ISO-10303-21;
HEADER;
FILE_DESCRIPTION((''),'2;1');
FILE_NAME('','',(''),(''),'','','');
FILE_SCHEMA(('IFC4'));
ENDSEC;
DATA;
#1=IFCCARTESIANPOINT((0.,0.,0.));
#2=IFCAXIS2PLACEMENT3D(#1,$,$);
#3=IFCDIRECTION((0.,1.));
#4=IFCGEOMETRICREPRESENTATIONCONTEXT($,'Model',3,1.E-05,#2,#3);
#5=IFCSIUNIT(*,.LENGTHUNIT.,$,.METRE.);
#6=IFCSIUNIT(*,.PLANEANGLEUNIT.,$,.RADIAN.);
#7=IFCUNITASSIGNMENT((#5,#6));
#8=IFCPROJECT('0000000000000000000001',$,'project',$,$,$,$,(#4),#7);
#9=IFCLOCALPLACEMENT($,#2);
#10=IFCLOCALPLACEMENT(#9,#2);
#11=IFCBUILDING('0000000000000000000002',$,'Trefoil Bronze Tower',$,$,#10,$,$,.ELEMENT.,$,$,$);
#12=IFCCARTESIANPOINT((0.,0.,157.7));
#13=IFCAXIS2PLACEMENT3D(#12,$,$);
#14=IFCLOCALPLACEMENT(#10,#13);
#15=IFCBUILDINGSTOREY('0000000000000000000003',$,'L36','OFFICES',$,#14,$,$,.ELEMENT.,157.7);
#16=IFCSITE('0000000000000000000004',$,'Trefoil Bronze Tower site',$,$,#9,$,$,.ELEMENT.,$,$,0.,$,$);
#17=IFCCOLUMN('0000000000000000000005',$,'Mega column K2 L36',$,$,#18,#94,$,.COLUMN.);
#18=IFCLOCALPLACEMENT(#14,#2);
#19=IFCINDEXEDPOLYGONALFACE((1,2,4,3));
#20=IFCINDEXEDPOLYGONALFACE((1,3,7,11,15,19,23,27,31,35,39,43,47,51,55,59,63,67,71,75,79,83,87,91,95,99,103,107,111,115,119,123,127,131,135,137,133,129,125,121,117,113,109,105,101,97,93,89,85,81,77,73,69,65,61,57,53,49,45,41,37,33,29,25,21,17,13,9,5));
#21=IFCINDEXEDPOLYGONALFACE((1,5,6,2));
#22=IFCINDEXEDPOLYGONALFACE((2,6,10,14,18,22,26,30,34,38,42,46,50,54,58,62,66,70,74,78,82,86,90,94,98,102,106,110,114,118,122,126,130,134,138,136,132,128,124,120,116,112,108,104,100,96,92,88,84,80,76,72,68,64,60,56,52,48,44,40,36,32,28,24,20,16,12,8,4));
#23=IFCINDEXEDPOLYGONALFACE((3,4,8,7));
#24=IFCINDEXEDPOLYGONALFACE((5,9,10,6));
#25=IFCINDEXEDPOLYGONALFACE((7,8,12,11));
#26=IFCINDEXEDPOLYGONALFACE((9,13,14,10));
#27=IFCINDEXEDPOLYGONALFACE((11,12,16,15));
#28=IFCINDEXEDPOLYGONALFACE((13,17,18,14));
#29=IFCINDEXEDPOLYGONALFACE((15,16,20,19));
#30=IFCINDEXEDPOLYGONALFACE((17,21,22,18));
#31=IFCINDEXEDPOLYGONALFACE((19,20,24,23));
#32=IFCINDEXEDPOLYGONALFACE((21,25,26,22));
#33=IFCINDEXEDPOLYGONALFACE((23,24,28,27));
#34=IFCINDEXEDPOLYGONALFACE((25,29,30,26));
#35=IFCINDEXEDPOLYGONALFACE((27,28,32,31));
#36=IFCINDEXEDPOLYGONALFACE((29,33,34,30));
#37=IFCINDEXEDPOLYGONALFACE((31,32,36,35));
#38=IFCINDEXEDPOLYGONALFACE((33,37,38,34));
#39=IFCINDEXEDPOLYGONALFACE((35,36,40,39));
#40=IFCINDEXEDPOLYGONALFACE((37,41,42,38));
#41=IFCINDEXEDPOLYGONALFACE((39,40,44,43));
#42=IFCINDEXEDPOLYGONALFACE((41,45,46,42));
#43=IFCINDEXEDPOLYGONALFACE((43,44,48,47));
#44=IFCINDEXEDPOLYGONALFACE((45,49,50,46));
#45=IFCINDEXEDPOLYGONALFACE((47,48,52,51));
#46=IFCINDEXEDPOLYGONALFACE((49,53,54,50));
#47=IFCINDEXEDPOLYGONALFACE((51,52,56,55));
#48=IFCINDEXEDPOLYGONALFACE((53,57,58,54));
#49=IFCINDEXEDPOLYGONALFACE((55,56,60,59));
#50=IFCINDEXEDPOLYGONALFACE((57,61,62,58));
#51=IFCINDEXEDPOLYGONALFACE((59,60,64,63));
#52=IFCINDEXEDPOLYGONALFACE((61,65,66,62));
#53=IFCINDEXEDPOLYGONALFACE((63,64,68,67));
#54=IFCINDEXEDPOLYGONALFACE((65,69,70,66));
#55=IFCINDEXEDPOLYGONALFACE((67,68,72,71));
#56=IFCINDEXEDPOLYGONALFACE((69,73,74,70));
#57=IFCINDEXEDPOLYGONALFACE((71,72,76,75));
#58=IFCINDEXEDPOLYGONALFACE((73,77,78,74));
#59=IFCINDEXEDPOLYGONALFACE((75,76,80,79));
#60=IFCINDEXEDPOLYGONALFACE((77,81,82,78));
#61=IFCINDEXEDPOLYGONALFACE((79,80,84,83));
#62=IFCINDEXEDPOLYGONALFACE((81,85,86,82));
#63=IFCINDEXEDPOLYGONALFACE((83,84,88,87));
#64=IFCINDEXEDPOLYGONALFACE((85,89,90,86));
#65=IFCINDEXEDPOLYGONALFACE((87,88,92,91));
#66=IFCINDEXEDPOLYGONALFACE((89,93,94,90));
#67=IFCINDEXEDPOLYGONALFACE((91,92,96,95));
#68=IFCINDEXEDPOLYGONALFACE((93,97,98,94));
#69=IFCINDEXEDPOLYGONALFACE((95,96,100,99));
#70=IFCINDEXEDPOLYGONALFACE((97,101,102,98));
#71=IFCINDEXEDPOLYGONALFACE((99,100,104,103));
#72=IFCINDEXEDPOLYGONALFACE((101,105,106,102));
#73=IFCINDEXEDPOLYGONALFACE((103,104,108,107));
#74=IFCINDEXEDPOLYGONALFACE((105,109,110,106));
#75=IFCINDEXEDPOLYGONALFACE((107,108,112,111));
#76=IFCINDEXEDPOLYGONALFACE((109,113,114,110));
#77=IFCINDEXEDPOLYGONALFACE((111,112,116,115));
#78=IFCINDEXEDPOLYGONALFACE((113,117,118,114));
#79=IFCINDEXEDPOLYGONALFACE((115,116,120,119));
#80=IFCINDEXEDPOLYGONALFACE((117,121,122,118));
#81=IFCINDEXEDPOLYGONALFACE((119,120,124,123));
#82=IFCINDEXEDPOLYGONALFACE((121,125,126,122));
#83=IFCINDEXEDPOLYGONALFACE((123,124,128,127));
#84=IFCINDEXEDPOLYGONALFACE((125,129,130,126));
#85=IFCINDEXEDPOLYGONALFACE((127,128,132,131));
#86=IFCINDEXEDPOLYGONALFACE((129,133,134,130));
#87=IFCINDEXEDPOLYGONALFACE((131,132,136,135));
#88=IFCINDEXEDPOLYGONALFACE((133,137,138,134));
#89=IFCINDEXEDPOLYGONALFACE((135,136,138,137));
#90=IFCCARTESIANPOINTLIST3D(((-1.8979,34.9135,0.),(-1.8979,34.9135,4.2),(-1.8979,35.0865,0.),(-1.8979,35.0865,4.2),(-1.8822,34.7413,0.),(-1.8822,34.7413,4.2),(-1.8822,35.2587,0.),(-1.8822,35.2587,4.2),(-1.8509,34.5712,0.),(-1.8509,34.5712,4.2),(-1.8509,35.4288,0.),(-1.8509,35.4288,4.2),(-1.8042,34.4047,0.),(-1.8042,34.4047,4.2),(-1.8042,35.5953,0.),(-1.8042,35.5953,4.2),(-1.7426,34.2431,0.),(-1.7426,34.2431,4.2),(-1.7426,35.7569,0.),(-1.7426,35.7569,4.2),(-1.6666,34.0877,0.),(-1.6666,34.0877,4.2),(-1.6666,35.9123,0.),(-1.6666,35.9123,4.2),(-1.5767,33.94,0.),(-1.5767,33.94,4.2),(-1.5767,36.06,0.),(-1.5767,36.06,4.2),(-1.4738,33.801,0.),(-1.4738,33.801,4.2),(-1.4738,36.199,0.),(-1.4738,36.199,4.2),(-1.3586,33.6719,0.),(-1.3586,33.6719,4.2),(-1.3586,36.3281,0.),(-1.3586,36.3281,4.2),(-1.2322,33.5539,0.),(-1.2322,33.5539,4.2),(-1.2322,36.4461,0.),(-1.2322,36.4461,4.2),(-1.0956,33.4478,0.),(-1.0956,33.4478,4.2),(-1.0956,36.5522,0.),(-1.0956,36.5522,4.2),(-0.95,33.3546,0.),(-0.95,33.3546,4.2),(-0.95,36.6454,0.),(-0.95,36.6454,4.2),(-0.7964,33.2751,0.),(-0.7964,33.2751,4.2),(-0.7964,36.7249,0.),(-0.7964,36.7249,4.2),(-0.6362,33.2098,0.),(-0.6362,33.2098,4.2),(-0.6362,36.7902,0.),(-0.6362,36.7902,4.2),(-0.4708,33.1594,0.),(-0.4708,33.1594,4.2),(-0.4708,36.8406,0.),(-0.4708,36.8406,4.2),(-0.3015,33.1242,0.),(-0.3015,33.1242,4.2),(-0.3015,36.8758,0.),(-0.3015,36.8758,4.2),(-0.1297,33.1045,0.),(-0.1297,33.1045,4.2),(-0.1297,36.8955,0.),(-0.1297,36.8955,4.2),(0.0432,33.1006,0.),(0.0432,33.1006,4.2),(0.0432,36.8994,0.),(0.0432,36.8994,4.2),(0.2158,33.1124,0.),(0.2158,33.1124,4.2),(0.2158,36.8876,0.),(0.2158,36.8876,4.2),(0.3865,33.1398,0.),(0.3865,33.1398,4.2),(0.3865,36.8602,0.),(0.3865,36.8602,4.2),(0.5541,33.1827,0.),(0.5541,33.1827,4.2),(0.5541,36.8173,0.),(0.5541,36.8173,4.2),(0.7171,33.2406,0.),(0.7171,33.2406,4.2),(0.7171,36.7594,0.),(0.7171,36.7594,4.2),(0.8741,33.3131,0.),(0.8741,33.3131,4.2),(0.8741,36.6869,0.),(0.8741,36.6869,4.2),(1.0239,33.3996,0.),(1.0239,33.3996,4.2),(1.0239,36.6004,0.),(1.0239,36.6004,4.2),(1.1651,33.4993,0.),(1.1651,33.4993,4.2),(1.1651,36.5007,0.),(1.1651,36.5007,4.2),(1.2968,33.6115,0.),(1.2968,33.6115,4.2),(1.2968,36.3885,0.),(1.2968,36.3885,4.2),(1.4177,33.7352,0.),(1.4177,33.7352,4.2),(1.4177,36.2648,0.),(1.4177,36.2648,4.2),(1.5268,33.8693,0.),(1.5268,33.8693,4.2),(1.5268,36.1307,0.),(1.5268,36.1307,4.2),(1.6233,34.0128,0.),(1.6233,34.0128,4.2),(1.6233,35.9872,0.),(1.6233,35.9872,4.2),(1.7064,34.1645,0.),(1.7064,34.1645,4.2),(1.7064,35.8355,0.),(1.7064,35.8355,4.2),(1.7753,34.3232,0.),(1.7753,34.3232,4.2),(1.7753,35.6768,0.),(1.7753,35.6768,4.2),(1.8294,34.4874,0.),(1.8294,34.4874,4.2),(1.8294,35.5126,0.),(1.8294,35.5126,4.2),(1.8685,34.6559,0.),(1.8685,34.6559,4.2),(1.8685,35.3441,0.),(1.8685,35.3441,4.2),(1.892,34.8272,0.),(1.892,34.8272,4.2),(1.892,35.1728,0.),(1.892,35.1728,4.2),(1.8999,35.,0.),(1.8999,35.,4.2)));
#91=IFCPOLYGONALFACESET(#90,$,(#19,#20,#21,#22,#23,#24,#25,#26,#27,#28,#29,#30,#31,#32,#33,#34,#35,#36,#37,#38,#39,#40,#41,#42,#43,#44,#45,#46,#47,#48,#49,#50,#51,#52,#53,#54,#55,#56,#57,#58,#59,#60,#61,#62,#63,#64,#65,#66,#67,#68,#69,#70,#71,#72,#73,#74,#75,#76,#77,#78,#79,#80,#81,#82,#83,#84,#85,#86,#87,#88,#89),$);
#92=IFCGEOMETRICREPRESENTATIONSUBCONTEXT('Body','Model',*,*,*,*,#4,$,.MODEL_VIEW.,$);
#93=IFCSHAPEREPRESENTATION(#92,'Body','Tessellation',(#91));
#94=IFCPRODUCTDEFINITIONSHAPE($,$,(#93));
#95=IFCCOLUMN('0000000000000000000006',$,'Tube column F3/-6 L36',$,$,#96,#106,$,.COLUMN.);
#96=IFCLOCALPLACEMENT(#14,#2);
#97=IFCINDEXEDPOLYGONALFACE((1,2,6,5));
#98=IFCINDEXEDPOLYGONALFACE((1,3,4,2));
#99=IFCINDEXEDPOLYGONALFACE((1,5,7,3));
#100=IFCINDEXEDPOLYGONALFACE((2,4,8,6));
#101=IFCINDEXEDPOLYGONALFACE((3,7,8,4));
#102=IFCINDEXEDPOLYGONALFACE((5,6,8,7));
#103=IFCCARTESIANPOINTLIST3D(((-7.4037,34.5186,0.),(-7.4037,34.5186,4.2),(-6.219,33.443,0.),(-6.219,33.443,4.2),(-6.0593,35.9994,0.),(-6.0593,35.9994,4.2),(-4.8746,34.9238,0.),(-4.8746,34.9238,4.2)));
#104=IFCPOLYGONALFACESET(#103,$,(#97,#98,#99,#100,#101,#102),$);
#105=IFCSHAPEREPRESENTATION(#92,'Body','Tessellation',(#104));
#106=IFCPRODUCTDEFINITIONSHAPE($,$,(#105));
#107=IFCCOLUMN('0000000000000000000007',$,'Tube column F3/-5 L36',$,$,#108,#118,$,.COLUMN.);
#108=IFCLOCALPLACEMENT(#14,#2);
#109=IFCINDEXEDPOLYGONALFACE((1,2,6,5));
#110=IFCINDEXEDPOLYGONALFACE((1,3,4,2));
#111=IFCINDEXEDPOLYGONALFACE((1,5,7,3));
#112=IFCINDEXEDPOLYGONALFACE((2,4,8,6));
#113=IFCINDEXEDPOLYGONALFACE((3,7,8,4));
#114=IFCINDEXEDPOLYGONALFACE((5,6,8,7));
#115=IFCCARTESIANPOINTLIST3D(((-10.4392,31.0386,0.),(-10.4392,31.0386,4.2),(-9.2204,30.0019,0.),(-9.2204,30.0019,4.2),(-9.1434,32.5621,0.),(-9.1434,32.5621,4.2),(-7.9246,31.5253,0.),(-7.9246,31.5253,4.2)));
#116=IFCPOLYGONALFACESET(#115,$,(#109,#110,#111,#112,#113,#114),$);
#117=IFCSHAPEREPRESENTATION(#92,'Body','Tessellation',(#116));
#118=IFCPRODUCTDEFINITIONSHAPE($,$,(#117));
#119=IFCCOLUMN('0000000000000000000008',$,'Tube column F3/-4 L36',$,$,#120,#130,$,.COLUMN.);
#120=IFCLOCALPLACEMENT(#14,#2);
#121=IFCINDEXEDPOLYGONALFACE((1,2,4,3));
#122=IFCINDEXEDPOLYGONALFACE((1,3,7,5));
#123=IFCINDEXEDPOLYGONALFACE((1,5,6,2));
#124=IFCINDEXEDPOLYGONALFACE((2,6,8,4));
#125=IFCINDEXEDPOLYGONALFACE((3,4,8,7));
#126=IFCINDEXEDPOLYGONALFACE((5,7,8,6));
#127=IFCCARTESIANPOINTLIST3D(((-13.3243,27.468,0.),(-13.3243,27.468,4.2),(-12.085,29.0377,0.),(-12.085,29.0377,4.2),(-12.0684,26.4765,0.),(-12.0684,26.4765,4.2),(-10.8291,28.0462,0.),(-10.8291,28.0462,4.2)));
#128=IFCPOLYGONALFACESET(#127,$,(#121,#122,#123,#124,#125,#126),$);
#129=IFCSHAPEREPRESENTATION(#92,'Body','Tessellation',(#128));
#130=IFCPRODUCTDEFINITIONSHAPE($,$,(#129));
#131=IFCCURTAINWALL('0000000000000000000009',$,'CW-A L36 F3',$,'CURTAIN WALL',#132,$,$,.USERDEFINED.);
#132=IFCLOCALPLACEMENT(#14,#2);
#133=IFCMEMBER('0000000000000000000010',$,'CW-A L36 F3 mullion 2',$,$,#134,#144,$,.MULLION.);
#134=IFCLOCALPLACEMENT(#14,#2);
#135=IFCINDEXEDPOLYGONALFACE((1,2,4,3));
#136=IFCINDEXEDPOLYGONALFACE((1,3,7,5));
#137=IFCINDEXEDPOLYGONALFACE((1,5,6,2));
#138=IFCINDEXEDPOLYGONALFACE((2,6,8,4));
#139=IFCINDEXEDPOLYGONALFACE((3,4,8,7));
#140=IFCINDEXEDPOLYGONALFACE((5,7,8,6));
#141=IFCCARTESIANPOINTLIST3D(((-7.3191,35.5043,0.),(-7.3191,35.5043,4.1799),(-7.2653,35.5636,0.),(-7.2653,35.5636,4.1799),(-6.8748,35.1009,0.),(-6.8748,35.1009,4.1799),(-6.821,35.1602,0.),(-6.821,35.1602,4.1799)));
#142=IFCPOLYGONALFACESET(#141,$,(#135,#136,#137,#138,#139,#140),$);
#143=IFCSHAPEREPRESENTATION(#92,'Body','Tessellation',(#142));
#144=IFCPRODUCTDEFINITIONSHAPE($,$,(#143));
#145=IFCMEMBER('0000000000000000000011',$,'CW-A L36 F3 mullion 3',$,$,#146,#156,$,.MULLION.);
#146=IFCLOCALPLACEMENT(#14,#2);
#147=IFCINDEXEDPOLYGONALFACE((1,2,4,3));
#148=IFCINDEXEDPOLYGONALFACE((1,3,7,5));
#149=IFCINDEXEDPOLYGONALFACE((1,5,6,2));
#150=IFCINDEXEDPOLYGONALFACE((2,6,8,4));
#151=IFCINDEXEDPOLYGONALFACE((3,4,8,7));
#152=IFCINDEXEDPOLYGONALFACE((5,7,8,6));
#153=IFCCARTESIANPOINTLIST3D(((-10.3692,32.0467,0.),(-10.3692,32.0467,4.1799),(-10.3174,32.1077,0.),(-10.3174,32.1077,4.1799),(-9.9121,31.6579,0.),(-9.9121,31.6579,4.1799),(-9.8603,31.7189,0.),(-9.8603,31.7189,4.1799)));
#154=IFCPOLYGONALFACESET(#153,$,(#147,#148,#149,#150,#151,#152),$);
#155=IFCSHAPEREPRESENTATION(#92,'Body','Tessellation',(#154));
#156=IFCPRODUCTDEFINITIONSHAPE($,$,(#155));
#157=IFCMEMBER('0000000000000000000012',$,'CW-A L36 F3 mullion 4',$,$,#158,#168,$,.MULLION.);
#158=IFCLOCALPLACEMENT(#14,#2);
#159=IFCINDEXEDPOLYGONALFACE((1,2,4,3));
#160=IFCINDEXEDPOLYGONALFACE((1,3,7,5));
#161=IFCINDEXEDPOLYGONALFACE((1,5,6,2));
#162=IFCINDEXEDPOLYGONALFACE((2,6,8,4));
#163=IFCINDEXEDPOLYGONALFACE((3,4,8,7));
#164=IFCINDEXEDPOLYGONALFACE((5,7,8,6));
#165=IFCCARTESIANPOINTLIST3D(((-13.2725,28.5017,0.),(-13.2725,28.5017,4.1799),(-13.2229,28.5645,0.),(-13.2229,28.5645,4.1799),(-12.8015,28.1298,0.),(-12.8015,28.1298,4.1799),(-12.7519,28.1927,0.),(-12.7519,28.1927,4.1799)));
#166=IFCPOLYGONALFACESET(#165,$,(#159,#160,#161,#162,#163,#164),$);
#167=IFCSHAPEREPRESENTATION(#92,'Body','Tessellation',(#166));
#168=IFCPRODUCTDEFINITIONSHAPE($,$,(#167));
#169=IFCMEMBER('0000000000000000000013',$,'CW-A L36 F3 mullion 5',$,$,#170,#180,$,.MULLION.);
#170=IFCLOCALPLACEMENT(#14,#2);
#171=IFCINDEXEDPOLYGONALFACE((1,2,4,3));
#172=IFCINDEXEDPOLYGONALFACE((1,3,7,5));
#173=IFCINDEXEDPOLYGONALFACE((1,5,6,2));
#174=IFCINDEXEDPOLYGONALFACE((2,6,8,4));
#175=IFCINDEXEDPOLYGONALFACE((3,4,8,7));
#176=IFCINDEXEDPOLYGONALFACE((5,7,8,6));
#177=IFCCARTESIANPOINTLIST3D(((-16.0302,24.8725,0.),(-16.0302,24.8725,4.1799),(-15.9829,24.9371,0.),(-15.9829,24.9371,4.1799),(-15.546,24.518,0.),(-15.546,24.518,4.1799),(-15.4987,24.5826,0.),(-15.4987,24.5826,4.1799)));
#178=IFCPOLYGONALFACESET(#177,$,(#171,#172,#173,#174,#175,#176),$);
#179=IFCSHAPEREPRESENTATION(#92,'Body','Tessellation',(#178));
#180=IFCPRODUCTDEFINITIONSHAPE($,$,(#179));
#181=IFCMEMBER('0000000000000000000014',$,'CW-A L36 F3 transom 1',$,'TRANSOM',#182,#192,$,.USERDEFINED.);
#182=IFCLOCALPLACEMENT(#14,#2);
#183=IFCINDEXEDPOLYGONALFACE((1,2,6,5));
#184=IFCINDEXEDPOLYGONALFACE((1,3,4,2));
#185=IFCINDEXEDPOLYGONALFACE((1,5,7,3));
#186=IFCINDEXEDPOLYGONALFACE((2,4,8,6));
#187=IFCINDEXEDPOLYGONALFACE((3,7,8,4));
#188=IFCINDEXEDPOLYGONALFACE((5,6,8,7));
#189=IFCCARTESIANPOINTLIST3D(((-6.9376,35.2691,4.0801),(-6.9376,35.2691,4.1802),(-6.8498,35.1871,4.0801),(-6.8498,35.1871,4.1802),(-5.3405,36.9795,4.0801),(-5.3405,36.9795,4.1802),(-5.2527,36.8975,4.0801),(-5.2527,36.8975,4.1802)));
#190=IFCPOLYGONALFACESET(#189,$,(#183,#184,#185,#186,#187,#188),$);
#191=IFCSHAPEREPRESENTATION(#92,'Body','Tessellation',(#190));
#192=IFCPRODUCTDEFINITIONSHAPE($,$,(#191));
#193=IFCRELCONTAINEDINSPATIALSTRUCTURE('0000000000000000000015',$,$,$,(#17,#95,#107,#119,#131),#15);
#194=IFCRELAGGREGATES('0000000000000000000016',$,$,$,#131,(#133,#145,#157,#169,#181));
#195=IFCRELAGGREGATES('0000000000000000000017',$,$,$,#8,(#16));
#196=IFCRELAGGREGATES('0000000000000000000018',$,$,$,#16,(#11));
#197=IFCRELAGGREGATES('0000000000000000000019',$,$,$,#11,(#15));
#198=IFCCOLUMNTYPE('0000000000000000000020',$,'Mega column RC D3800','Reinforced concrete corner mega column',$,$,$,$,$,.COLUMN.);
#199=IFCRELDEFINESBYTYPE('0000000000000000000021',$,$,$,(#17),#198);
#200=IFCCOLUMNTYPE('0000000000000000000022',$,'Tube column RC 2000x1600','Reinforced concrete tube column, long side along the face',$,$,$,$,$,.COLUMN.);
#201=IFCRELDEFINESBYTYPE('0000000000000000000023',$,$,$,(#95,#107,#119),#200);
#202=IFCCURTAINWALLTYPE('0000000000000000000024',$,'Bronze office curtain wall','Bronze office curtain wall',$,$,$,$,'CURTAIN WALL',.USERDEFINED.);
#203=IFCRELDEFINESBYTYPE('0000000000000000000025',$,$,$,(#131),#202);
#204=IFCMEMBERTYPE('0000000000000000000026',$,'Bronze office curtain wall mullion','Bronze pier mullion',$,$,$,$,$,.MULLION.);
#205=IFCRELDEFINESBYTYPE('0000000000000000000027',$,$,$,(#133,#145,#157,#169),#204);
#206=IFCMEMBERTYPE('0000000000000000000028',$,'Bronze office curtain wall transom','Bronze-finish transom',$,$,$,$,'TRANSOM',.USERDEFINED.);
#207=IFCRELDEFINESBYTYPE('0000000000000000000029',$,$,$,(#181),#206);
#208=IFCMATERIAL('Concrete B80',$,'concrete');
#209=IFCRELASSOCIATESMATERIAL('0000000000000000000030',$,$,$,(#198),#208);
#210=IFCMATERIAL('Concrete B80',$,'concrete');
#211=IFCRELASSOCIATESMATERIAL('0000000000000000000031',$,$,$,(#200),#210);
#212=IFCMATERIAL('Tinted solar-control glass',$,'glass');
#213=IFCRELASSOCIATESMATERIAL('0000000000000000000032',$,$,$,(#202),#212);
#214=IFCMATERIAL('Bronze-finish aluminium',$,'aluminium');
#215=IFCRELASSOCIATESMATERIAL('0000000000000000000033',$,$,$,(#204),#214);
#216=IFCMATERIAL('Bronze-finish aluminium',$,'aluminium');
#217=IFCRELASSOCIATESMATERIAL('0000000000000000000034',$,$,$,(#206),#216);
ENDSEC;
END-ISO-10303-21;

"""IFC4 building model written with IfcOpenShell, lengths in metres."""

from ifc_helpers import new_model, si_unit, direction, frame, origin, origin_2d, place, context, subcontext, project, spatial, rectangle, circle, extrude, material, material_profile, profile_set, type_object, element, aggregate, save


model = new_model("IFC4")

# Units and contexts
model_context = context("Model", 3, precision=1e-05, world=origin(), true_north=direction((0.0, 1.0)))
body_context = subcontext(model_context, "Body", "Model", "MODEL_VIEW")
ifc_project = project(units=[si_unit("LENGTHUNIT", "METRE"), si_unit("PLANEANGLEUNIT", "RADIAN")], contexts=[model_context])

# Site, building, storey
site_placement = place(None, origin())
site = spatial("IfcSite", under=ifc_project, at=site_placement, Name="Trefoil Bronze Tower site", CompositionType="ELEMENT", RefElevation=0.0)
building_placement = place(site_placement, origin())
building = spatial("IfcBuilding", under=site, at=building_placement, Name="Trefoil Bronze Tower", CompositionType="ELEMENT")
storey_placement = place(building_placement, frame((0.0, 0.0, 157.7)))
storey = spatial("IfcBuildingStorey", under=building, at=storey_placement, Name="L36", Description="OFFICES", CompositionType="ELEMENT", Elevation=157.7)

# Columns
ifc_material_1 = material(Name="Concrete B80", Category="concrete")
ifc_material_profile_1 = material_profile(ifc_material_1, circle(Radius=1.8999, at=origin_2d()), Name="RC D3800")
ifc_profile_set_1 = profile_set([ifc_material_profile_1], Name="Concrete B80")
column_type_1 = type_object("IfcColumnType", Name="Mega column RC D3800", Description="Reinforced concrete corner mega column", PredefinedType="COLUMN", material=ifc_profile_set_1)
column_placement = place(storey_placement, frame((0.0, 35.0, 0.0), z_axis=(0.0, 0.0, 1.0), x_axis=(1.0, 0.0, 0.0)))
element("IfcColumn", 1, at=column_placement, inside=storey, type_object=column_type_1, Name="Mega column K2 L36", PredefinedType="COLUMN", context=body_context, shape_type="SweptSolid", body=[
    extrude(circle(Radius=1.8999, at=origin_2d()), origin(), (0.0, 0.0, 1.0), 4.2),
])
ifc_material_2 = material(Name="Concrete B80", Category="concrete")
ifc_material_profile_2 = material_profile(ifc_material_2, rectangle(XDim=2.0, YDim=1.6001, at=origin_2d()), Name="RC 2000x1600")
ifc_profile_set_2 = profile_set([ifc_material_profile_2], Name="Concrete B80")
column_type_2 = type_object("IfcColumnType", Name="Tube column RC 2000x1600", Description="Reinforced concrete tube column, long side along the face", PredefinedType="COLUMN", material=ifc_profile_set_2)
for number, where, z_axis, x_axis, name in (
    (2, (-6.1392, 34.7212, 0.0), (0.0, 0.0, 1.0), (-0.67221, -0.740361, 0.0), "Tube column F3/-6 L36"),
    (3, (-9.1819, 31.282, 0.0), (0.0, 0.0, 1.0), (-0.647904, -0.761722, 0.0), "Tube column F3/-5 L36"),
    (4, (-12.0767, 27.7571, 0.0), (0.0, 0.0, 1.0), (-0.619649, -0.784879, 0.0), "Tube column F3/-4 L36"),
):
    element("IfcColumn", number, at=place(storey_placement, frame(where, z_axis=z_axis, x_axis=x_axis)), inside=storey, type_object=column_type_2, Name=name, PredefinedType="COLUMN", context=body_context, shape_type="SweptSolid", body=[
        extrude(rectangle(XDim=2.0, YDim=1.6001, at=origin_2d()), origin(), (0.0, 0.0, 1.0), 4.2),
    ])

# Curtain wall, members
ifc_material_3 = material(Name="Tinted solar-control glass", Category="glass")
curtain_wall_type_1 = type_object("IfcCurtainWallType", Name="Bronze office curtain wall", Description="Bronze office curtain wall", ElementType="CURTAIN WALL", PredefinedType="USERDEFINED", material=ifc_material_3)
curtain_wall_1_placement = place(storey_placement, origin())
curtain_wall_1 = element("IfcCurtainWall", 5, at=curtain_wall_1_placement, inside=storey, type_object=curtain_wall_type_1, Name="CW-A L36 F3", ObjectType="CURTAIN WALL", PredefinedType="USERDEFINED")
ifc_material_4 = material(Name="Bronze-finish aluminium", Category="aluminium")
ifc_material_profile_3 = material_profile(ifc_material_4, rectangle(XDim=0.6001, YDim=0.0801, at=origin_2d()), Name="CW-A mullion")
ifc_profile_set_3 = profile_set([ifc_material_profile_3], Name="Bronze-finish aluminium")
member_type_1 = type_object("IfcMemberType", Name="Bronze office curtain wall mullion", Description="Bronze pier mullion", PredefinedType="MULLION", material=ifc_profile_set_3)
member_1_placement = place(storey_placement, frame((-7.0701, 35.3323, 0.0), z_axis=(0.0, 0.0, 1.0), x_axis=(0.740361, -0.67221, 0.0)))
member_1 = element("IfcMember", 6, at=member_1_placement, type_object=member_type_1, Name="CW-A L36 F3 mullion 2", PredefinedType="MULLION", context=body_context, shape_type="SweptSolid", body=[
    extrude(rectangle(XDim=0.6001, YDim=0.0801, at=origin_2d()), origin(), (0.0, 0.0, 1.0), 4.1799),
])
member_2_placement = place(storey_placement, frame((-10.1147, 31.8828, 0.0), z_axis=(0.0, 0.0, 1.0), x_axis=(0.761722, -0.647904, 0.0)))
member_2 = element("IfcMember", 7, at=member_2_placement, type_object=member_type_1, Name="CW-A L36 F3 mullion 3", PredefinedType="MULLION", context=body_context, shape_type="SweptSolid", body=[
    extrude(rectangle(XDim=0.6001, YDim=0.0801, at=origin_2d()), origin(), (0.0, 0.0, 1.0), 4.1799),
])
member_3_placement = place(storey_placement, frame((-13.0122, 28.3472, 0.0), z_axis=(0.0, 0.0, 1.0), x_axis=(0.784879, -0.619649, 0.0)))
member_3 = element("IfcMember", 8, at=member_3_placement, type_object=member_type_1, Name="CW-A L36 F3 mullion 4", PredefinedType="MULLION", context=body_context, shape_type="SweptSolid", body=[
    extrude(rectangle(XDim=0.6001, YDim=0.0801, at=origin_2d()), origin(), (0.0, 0.0, 1.0), 4.1799),
])
member_4_placement = place(storey_placement, frame((-15.7644, 24.7275, 0.0), z_axis=(0.0, 0.0, 1.0), x_axis=(0.806875, -0.590723, 0.0)))
member_4 = element("IfcMember", 9, at=member_4_placement, type_object=member_type_1, Name="CW-A L36 F3 mullion 5", PredefinedType="MULLION", context=body_context, shape_type="SweptSolid", body=[
    extrude(rectangle(XDim=0.6001, YDim=0.0801, at=origin_2d()), origin(), (0.0, 0.0, 1.0), 4.1799),
])
ifc_material_5 = material(Name="Bronze-finish aluminium", Category="aluminium")
ifc_material_profile_4 = material_profile(ifc_material_5, rectangle(XDim=0.1201, YDim=0.1001, at=origin_2d()), Name="CW-A transom")
ifc_profile_set_4 = profile_set([ifc_material_profile_4], Name="Bronze-finish aluminium")
member_type_2 = type_object("IfcMemberType", Name="Bronze office curtain wall transom", Description="Bronze-finish transom", ElementType="TRANSOM", PredefinedType="USERDEFINED", material=ifc_profile_set_4)
member_5_placement = place(storey_placement, frame((-5.2966, 36.9385, 4.1301), z_axis=(-0.682489, -0.730896, 0.0), x_axis=(0.730896, -0.682489, 0.0)))
member_5 = element("IfcMember", 10, at=member_5_placement, type_object=member_type_2, Name="CW-A L36 F3 transom 1", ObjectType="TRANSOM", PredefinedType="USERDEFINED", context=body_context, shape_type="SweptSolid", body=[
    extrude(rectangle(XDim=0.1201, YDim=0.1001, at=origin_2d()), origin(), (0.0, 0.0, 1.0), 2.3401),
])

aggregate(curtain_wall_1, [member_1, member_2, member_3, member_4, member_5])

save(model, "model.ifc")
